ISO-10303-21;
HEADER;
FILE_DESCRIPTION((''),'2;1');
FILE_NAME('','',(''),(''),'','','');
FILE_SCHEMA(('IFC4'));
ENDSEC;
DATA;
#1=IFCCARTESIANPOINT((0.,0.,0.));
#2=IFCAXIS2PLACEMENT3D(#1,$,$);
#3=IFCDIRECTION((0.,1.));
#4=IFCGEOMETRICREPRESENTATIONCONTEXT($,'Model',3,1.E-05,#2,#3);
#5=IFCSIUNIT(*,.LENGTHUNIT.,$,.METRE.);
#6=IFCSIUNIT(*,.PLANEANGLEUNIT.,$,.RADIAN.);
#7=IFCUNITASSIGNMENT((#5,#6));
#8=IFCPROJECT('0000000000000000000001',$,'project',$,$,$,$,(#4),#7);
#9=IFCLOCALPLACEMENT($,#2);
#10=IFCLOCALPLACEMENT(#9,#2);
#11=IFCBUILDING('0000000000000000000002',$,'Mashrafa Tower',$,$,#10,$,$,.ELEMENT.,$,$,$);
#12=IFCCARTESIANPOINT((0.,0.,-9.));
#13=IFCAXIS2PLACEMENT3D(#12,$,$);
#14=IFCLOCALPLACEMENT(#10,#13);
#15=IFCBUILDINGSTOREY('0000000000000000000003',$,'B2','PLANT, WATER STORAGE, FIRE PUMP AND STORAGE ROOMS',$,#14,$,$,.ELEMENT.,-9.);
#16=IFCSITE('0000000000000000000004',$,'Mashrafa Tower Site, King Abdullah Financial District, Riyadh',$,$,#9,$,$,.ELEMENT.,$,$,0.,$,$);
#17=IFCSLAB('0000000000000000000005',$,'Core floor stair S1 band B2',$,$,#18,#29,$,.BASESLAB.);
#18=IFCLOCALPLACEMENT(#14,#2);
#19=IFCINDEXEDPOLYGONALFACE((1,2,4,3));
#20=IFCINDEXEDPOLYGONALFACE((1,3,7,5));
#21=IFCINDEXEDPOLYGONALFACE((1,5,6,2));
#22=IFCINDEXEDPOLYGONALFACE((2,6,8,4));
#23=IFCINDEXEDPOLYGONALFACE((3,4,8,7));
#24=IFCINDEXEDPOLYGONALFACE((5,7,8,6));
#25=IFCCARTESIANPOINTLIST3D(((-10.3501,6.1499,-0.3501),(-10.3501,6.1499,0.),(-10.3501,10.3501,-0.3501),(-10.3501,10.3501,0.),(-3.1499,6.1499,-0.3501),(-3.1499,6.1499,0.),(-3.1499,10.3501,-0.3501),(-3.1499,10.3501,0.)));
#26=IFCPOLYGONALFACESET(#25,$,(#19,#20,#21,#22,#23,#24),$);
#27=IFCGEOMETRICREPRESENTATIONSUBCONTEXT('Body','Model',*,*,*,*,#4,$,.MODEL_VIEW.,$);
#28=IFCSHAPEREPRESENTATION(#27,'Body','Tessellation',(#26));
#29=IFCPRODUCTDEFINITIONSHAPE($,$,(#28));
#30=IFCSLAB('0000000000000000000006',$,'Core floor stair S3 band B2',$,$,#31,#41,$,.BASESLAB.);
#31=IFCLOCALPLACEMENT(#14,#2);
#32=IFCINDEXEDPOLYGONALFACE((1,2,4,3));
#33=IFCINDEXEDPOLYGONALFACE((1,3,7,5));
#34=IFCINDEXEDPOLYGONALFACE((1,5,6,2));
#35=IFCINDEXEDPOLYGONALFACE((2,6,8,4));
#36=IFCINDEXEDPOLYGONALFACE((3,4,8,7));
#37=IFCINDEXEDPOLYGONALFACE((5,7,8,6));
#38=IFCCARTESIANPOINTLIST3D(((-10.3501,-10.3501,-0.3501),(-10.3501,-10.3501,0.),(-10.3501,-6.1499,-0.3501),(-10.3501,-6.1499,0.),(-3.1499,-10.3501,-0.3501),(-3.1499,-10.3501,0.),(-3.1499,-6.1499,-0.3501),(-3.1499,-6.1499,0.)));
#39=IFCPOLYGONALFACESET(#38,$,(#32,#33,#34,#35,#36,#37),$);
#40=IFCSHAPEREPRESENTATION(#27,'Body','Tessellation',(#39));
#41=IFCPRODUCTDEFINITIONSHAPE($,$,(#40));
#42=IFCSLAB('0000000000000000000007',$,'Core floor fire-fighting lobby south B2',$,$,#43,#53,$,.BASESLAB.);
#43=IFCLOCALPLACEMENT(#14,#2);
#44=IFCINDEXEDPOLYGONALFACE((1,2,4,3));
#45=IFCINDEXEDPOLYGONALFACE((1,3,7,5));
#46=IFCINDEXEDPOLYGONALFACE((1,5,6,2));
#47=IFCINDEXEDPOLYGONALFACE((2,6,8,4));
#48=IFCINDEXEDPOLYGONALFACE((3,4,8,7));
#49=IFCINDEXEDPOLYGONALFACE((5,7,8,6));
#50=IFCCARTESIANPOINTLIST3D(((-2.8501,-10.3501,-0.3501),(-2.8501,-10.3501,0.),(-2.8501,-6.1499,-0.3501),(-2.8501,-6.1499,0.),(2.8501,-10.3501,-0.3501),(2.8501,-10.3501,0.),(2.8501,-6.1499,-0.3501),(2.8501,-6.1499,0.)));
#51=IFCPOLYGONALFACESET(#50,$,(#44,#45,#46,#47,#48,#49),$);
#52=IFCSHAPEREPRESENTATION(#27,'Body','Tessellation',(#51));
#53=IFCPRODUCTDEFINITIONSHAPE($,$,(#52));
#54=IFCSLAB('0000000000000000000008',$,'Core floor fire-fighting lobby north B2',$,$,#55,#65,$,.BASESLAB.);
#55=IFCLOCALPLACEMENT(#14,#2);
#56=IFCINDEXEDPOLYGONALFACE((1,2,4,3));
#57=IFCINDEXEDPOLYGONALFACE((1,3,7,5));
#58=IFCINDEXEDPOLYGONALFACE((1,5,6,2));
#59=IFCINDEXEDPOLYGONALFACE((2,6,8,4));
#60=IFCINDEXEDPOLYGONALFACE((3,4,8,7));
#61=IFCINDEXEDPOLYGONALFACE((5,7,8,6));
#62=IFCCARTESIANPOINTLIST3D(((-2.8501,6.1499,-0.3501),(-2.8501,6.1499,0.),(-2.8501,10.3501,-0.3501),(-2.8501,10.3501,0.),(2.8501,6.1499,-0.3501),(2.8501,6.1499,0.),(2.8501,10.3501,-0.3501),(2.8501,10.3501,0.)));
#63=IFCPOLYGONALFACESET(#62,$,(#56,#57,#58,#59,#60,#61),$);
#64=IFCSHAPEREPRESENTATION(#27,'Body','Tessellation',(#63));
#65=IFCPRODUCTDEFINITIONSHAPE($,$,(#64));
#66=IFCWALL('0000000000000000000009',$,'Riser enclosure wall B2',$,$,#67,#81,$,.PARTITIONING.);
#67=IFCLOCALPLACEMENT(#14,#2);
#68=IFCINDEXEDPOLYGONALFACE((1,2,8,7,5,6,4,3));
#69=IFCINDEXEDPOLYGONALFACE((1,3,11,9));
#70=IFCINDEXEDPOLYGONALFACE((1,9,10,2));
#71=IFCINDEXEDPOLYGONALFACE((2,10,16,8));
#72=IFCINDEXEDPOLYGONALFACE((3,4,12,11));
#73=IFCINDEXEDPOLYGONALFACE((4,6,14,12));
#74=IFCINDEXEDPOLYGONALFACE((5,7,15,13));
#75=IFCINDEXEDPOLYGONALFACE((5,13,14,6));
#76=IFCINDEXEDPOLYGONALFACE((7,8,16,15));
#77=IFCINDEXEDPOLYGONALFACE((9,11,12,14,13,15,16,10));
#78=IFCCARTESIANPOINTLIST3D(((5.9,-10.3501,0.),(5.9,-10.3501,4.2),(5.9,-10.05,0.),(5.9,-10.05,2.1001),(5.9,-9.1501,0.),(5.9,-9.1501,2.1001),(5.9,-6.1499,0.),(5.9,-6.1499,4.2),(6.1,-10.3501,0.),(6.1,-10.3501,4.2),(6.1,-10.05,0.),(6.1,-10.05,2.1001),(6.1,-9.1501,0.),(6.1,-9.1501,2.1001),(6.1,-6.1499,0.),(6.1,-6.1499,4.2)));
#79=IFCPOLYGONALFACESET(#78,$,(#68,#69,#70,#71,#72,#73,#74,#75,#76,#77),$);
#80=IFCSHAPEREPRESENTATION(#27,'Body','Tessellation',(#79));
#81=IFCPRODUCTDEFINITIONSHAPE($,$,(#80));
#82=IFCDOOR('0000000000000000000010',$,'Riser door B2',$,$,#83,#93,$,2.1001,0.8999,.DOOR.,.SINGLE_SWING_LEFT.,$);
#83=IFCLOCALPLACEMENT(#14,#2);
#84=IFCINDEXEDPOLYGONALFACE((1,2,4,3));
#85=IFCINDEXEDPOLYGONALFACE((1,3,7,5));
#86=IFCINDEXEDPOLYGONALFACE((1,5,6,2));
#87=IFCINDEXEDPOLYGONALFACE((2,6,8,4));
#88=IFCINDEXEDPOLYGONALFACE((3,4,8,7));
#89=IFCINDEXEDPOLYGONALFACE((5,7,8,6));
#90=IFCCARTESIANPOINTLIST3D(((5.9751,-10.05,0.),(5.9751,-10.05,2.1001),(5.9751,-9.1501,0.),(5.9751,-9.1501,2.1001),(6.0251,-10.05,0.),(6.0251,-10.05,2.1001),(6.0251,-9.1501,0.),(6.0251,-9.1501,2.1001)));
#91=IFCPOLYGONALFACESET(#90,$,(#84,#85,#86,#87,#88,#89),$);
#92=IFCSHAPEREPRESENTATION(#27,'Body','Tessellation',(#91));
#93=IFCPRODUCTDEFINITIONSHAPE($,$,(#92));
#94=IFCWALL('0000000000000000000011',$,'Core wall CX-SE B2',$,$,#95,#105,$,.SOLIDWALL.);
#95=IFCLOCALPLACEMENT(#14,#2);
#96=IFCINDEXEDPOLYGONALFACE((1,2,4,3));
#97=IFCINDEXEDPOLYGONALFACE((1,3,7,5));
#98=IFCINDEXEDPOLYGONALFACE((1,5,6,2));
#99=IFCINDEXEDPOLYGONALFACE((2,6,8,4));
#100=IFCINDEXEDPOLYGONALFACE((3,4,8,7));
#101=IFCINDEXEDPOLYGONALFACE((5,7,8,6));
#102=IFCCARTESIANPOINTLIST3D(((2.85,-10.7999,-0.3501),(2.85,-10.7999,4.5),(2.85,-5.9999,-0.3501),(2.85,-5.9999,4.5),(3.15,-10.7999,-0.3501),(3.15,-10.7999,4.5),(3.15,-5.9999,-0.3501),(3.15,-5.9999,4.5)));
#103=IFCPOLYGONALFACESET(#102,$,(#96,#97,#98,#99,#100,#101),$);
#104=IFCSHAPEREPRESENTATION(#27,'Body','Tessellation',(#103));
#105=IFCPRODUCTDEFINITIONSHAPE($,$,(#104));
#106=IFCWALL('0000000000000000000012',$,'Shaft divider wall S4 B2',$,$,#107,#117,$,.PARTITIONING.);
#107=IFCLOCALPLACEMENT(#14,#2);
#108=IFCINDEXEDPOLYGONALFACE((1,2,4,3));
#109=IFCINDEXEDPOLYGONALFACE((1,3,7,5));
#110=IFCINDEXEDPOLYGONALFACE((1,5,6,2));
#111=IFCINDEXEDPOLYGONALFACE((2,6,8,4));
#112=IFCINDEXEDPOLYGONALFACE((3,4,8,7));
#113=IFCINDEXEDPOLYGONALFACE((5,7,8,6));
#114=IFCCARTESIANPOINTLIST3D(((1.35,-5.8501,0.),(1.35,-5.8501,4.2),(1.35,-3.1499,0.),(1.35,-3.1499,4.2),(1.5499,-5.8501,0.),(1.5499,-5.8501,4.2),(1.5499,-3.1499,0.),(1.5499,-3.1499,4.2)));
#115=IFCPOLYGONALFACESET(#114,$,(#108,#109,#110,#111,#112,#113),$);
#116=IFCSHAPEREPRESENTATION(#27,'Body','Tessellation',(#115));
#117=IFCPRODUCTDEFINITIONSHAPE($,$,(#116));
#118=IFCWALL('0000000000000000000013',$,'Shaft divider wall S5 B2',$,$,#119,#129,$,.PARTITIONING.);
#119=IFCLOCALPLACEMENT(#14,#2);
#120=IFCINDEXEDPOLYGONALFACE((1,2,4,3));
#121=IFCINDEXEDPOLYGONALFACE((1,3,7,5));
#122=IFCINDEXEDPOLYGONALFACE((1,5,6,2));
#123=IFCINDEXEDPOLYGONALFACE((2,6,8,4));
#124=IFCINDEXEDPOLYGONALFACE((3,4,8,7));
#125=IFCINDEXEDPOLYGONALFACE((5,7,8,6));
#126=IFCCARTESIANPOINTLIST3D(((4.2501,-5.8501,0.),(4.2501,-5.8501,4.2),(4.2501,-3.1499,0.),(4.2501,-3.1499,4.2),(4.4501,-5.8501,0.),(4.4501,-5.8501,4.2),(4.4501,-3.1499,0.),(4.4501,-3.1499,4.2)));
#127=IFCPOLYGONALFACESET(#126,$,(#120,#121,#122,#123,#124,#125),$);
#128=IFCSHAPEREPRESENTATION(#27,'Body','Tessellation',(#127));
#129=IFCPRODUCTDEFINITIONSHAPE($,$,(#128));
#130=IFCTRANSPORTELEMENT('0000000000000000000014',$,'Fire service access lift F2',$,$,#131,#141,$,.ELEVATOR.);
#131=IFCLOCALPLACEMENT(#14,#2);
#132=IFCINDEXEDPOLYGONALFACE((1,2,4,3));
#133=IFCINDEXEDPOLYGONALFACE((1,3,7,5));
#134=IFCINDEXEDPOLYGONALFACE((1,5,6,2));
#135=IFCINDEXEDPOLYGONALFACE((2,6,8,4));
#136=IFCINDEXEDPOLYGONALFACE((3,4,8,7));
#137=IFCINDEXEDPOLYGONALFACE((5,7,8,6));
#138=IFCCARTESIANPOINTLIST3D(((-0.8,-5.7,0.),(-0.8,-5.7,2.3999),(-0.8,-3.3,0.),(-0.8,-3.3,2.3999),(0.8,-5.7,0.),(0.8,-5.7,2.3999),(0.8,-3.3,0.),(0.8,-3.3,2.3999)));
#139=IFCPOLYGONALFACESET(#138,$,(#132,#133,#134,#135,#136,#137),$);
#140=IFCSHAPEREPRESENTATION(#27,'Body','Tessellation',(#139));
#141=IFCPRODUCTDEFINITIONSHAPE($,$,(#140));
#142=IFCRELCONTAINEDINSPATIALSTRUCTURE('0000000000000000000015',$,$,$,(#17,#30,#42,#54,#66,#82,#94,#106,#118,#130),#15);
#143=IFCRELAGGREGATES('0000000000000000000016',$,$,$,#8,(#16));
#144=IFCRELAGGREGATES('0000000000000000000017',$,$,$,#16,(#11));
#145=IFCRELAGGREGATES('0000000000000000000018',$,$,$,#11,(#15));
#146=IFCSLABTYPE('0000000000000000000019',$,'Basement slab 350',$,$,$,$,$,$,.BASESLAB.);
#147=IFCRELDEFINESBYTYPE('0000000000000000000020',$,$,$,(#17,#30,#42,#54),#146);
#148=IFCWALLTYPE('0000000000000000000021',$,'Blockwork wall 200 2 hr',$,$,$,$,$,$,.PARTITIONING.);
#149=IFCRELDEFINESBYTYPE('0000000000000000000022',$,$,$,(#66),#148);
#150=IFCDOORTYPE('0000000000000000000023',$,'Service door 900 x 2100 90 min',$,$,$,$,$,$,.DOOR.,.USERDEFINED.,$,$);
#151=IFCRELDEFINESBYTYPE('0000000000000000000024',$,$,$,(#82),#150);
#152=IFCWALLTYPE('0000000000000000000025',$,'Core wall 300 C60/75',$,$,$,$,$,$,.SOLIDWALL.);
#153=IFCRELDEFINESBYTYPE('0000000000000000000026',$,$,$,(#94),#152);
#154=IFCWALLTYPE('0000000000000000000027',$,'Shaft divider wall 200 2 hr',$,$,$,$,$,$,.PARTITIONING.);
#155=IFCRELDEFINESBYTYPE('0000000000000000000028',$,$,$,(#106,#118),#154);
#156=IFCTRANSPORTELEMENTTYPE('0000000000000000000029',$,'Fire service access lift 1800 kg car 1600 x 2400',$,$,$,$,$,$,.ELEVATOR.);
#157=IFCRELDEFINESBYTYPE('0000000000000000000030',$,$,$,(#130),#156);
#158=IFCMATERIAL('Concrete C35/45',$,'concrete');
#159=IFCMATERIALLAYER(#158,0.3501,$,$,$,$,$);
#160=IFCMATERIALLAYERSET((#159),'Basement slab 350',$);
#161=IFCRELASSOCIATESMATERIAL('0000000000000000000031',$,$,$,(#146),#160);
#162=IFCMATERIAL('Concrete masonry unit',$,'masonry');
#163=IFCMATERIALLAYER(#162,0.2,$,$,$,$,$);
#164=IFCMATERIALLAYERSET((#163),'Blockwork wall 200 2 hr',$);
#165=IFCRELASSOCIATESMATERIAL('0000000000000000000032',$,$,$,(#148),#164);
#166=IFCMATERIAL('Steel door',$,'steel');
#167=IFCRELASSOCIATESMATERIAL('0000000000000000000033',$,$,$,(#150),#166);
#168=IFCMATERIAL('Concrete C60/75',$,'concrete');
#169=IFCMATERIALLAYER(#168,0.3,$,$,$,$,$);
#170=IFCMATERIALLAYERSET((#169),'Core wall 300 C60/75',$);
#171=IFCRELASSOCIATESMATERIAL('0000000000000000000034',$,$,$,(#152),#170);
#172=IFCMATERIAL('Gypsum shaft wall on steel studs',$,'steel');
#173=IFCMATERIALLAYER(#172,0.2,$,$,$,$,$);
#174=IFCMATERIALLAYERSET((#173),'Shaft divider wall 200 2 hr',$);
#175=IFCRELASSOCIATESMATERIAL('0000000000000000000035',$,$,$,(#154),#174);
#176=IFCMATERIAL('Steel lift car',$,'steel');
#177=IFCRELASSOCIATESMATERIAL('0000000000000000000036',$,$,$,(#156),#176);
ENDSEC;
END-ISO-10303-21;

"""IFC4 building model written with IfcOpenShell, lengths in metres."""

from ifc_helpers import new_model, si_unit, direction, frame, frame_2d, origin, origin_2d, place, context, subcontext, project, spatial, polyline, rectangle, outline, extrude, material, layer, layer_set, type_object, element, fill, save


model = new_model("IFC4")

# Units and contexts
model_context = context("Model", 3, precision=1e-05, world=origin(), true_north=direction((0.0, 1.0)))
body_context = subcontext(model_context, "Body", "Model", "MODEL_VIEW")
ifc_project = project(units=[si_unit("LENGTHUNIT", "METRE"), si_unit("PLANEANGLEUNIT", "RADIAN")], contexts=[model_context])

# Site, building, storey
site_placement = place(None, origin())
site = spatial("IfcSite", under=ifc_project, at=site_placement, Name="Mashrafa Tower Site, King Abdullah Financial District, Riyadh", CompositionType="ELEMENT", RefElevation=0.0)
building_placement = place(site_placement, origin())
building = spatial("IfcBuilding", under=site, at=building_placement, Name="Mashrafa Tower", CompositionType="ELEMENT")
storey_placement = place(building_placement, frame((0.0, 0.0, -9.0)))
storey = spatial("IfcBuildingStorey", under=building, at=storey_placement, Name="B2", Description="PLANT, WATER STORAGE, FIRE PUMP AND STORAGE ROOMS", CompositionType="ELEMENT", Elevation=-9.0)

# Slabs
ifc_material_1 = material(Name="Concrete C35/45", Category="concrete")
ifc_layer_1 = layer(ifc_material_1, 0.3501)
ifc_layer_set_1 = layer_set([ifc_layer_1], Name="Basement slab 350")
slab_type = type_object("IfcSlabType", Name="Basement slab 350", PredefinedType="BASESLAB", material=ifc_layer_set_1)
slab_1_placement = place(storey_placement, frame((0.0, 0.0, -0.3501)))
element("IfcSlab", 1, at=slab_1_placement, inside=storey, type_object=slab_type, Name="Core floor stair S1 band B2", PredefinedType="BASESLAB", context=body_context, shape_type="SweptSolid", body=[
    extrude(outline(polyline([(-3.1499, 6.1499), (-10.3501, 6.1499), (-10.3501, 10.3501), (-3.1499, 10.3501), (-3.1499, 6.1499)])), origin(), (0.0, 0.0, 1.0), 0.3501),
])
slab_2_placement = place(storey_placement, frame((0.0, 0.0, -0.3501)))
element("IfcSlab", 2, at=slab_2_placement, inside=storey, type_object=slab_type, Name="Core floor stair S3 band B2", PredefinedType="BASESLAB", context=body_context, shape_type="SweptSolid", body=[
    extrude(outline(polyline([(-10.3501, -6.1499), (-3.1499, -6.1499), (-3.1499, -10.3501), (-10.3501, -10.3501), (-10.3501, -6.1499)])), origin(), (0.0, 0.0, 1.0), 0.3501),
])
slab_3_placement = place(storey_placement, frame((0.0, 0.0, -0.3501)))
element("IfcSlab", 3, at=slab_3_placement, inside=storey, type_object=slab_type, Name="Core floor fire-fighting lobby south B2", PredefinedType="BASESLAB", context=body_context, shape_type="SweptSolid", body=[
    extrude(outline(polyline([(-2.8501, -6.1499), (2.8501, -6.1499), (2.8501, -10.3501), (-2.8501, -10.3501), (-2.8501, -6.1499)])), origin(), (0.0, 0.0, 1.0), 0.3501),
])
slab_4_placement = place(storey_placement, frame((0.0, 0.0, -0.3501)))
element("IfcSlab", 4, at=slab_4_placement, inside=storey, type_object=slab_type, Name="Core floor fire-fighting lobby north B2", PredefinedType="BASESLAB", context=body_context, shape_type="SweptSolid", body=[
    extrude(outline(polyline([(2.8501, 10.3501), (2.8501, 6.1499), (-2.8501, 6.1499), (-2.8501, 10.3501), (2.8501, 10.3501)])), origin(), (0.0, 0.0, 1.0), 0.3501),
])

# Wall, opening, door
ifc_material_2 = material(Name="Concrete masonry unit", Category="masonry")
ifc_layer_2 = layer(ifc_material_2, 0.2)
ifc_layer_set_2 = layer_set([ifc_layer_2], Name="Blockwork wall 200 2 hr")
wall_type_1 = type_object("IfcWallType", Name="Blockwork wall 200 2 hr", PredefinedType="PARTITIONING", material=ifc_layer_set_2)
wall_1_placement = place(storey_placement, frame((6.0, -10.3501, 0.0), z_axis=(0.0, 0.0, 1.0), x_axis=(0.0, 1.0, 0.0)))
wall_1 = element("IfcWall", 5, at=wall_1_placement, inside=storey, type_object=wall_type_1, Name="Riser enclosure wall B2", PredefinedType="PARTITIONING", context=body_context, shape_type="SweptSolid", body=[
    extrude(rectangle(XDim=4.2002, YDim=0.2, at=frame_2d((2.1001, 0.0))), origin(), (0.0, 0.0, 1.0), 4.2),
])
opening_placement = place(wall_1_placement, frame((0.3, 0.0, 0.0)))
opening = element("IfcOpeningElement", 6, at=opening_placement, cuts=wall_1, PredefinedType="OPENING", context=body_context, shape_type="SweptSolid", body=[
    extrude(rectangle(XDim=0.8999, YDim=2.1001, at=frame_2d((0.45, 1.05))), frame((0.0, 0.1099, 0.0), z_axis=(0.0, -1.0, 0.0), x_axis=(1.0, 0.0, 0.0)), (0.0, 0.0, 1.0), 0.22),
])
ifc_material_3 = material(Name="Steel door", Category="steel")
door_type = type_object("IfcDoorType", Name="Service door 900 x 2100 90 min", OperationType="USERDEFINED", PredefinedType="DOOR", material=ifc_material_3)
door_placement = place(opening_placement, origin())
door = element("IfcDoor", 7, at=door_placement, inside=storey, type_object=door_type, Name="Riser door B2", OperationType="SINGLE_SWING_LEFT", OverallHeight=2.1001, OverallWidth=0.8999, PredefinedType="DOOR", context=body_context, shape_type="SweptSolid", body=[
    extrude(rectangle(XDim=0.8999, YDim=2.1001, at=frame_2d((0.45, 1.05))), frame((0.0, 0.0249, 0.0), z_axis=(0.0, -1.0, 0.0), x_axis=(1.0, 0.0, 0.0)), (0.0, 0.0, 1.0), 0.05),
])
fill(opening, door)

# Walls
ifc_material_4 = material(Name="Concrete C60/75", Category="concrete")
ifc_layer_3 = layer(ifc_material_4, 0.3)
ifc_layer_set_3 = layer_set([ifc_layer_3], Name="Core wall 300 C60/75")
wall_type_2 = type_object("IfcWallType", Name="Core wall 300 C60/75", PredefinedType="SOLIDWALL", material=ifc_layer_set_3)
wall_2_placement = place(storey_placement, frame((3.0, -6.0, -0.3501), z_axis=(0.0, 0.0, 1.0), x_axis=(0.0, -1.0, 0.0)))
element("IfcWall", 8, at=wall_2_placement, inside=storey, type_object=wall_type_2, Name="Core wall CX-SE B2", PredefinedType="SOLIDWALL", context=body_context, shape_type="SweptSolid", body=[
    extrude(rectangle(XDim=4.8, YDim=0.3, at=frame_2d((2.3999, 0.0))), origin(), (0.0, 0.0, 1.0), 4.8501),
])
ifc_material_5 = material(Name="Gypsum shaft wall on steel studs", Category="steel")
ifc_layer_4 = layer(ifc_material_5, 0.2)
ifc_layer_set_4 = layer_set([ifc_layer_4], Name="Shaft divider wall 200 2 hr")
wall_type_3 = type_object("IfcWallType", Name="Shaft divider wall 200 2 hr", PredefinedType="PARTITIONING", material=ifc_layer_set_4)
for number, where, z_axis, x_axis, name in (
    (9, (1.45, -5.8501, 0.0), (0.0, 0.0, 1.0), (0.0, 1.0, 0.0), "Shaft divider wall S4 B2"),
    (10, (4.3501, -5.8501, 0.0), (0.0, 0.0, 1.0), (0.0, 1.0, 0.0), "Shaft divider wall S5 B2"),
):
    element("IfcWall", number, at=place(storey_placement, frame(where, z_axis=z_axis, x_axis=x_axis)), inside=storey, type_object=wall_type_3, Name=name, PredefinedType="PARTITIONING", context=body_context, shape_type="SweptSolid", body=[
        extrude(rectangle(XDim=2.7002, YDim=0.2, at=frame_2d((1.3501, 0.0))), origin(), (0.0, 0.0, 1.0), 4.2),
    ])

# Transport element
ifc_material_6 = material(Name="Steel lift car", Category="steel")
transport_element_type = type_object("IfcTransportElementType", Name="Fire service access lift 1800 kg car 1600 x 2400", PredefinedType="ELEVATOR", material=ifc_material_6)
transport_element_placement = place(storey_placement, frame((0.0, -4.5, 0.0), z_axis=(0.0, 0.0, 1.0), x_axis=(1.0, 0.0, 0.0)))
element("IfcTransportElement", 11, at=transport_element_placement, inside=storey, type_object=transport_element_type, Name="Fire service access lift F2", PredefinedType="ELEVATOR", context=body_context, shape_type="SweptSolid", body=[
    extrude(rectangle(XDim=1.6001, YDim=2.3999, at=origin_2d()), origin(), (0.0, 0.0, 1.0), 2.3999),
])

save(model, "model.ifc")
